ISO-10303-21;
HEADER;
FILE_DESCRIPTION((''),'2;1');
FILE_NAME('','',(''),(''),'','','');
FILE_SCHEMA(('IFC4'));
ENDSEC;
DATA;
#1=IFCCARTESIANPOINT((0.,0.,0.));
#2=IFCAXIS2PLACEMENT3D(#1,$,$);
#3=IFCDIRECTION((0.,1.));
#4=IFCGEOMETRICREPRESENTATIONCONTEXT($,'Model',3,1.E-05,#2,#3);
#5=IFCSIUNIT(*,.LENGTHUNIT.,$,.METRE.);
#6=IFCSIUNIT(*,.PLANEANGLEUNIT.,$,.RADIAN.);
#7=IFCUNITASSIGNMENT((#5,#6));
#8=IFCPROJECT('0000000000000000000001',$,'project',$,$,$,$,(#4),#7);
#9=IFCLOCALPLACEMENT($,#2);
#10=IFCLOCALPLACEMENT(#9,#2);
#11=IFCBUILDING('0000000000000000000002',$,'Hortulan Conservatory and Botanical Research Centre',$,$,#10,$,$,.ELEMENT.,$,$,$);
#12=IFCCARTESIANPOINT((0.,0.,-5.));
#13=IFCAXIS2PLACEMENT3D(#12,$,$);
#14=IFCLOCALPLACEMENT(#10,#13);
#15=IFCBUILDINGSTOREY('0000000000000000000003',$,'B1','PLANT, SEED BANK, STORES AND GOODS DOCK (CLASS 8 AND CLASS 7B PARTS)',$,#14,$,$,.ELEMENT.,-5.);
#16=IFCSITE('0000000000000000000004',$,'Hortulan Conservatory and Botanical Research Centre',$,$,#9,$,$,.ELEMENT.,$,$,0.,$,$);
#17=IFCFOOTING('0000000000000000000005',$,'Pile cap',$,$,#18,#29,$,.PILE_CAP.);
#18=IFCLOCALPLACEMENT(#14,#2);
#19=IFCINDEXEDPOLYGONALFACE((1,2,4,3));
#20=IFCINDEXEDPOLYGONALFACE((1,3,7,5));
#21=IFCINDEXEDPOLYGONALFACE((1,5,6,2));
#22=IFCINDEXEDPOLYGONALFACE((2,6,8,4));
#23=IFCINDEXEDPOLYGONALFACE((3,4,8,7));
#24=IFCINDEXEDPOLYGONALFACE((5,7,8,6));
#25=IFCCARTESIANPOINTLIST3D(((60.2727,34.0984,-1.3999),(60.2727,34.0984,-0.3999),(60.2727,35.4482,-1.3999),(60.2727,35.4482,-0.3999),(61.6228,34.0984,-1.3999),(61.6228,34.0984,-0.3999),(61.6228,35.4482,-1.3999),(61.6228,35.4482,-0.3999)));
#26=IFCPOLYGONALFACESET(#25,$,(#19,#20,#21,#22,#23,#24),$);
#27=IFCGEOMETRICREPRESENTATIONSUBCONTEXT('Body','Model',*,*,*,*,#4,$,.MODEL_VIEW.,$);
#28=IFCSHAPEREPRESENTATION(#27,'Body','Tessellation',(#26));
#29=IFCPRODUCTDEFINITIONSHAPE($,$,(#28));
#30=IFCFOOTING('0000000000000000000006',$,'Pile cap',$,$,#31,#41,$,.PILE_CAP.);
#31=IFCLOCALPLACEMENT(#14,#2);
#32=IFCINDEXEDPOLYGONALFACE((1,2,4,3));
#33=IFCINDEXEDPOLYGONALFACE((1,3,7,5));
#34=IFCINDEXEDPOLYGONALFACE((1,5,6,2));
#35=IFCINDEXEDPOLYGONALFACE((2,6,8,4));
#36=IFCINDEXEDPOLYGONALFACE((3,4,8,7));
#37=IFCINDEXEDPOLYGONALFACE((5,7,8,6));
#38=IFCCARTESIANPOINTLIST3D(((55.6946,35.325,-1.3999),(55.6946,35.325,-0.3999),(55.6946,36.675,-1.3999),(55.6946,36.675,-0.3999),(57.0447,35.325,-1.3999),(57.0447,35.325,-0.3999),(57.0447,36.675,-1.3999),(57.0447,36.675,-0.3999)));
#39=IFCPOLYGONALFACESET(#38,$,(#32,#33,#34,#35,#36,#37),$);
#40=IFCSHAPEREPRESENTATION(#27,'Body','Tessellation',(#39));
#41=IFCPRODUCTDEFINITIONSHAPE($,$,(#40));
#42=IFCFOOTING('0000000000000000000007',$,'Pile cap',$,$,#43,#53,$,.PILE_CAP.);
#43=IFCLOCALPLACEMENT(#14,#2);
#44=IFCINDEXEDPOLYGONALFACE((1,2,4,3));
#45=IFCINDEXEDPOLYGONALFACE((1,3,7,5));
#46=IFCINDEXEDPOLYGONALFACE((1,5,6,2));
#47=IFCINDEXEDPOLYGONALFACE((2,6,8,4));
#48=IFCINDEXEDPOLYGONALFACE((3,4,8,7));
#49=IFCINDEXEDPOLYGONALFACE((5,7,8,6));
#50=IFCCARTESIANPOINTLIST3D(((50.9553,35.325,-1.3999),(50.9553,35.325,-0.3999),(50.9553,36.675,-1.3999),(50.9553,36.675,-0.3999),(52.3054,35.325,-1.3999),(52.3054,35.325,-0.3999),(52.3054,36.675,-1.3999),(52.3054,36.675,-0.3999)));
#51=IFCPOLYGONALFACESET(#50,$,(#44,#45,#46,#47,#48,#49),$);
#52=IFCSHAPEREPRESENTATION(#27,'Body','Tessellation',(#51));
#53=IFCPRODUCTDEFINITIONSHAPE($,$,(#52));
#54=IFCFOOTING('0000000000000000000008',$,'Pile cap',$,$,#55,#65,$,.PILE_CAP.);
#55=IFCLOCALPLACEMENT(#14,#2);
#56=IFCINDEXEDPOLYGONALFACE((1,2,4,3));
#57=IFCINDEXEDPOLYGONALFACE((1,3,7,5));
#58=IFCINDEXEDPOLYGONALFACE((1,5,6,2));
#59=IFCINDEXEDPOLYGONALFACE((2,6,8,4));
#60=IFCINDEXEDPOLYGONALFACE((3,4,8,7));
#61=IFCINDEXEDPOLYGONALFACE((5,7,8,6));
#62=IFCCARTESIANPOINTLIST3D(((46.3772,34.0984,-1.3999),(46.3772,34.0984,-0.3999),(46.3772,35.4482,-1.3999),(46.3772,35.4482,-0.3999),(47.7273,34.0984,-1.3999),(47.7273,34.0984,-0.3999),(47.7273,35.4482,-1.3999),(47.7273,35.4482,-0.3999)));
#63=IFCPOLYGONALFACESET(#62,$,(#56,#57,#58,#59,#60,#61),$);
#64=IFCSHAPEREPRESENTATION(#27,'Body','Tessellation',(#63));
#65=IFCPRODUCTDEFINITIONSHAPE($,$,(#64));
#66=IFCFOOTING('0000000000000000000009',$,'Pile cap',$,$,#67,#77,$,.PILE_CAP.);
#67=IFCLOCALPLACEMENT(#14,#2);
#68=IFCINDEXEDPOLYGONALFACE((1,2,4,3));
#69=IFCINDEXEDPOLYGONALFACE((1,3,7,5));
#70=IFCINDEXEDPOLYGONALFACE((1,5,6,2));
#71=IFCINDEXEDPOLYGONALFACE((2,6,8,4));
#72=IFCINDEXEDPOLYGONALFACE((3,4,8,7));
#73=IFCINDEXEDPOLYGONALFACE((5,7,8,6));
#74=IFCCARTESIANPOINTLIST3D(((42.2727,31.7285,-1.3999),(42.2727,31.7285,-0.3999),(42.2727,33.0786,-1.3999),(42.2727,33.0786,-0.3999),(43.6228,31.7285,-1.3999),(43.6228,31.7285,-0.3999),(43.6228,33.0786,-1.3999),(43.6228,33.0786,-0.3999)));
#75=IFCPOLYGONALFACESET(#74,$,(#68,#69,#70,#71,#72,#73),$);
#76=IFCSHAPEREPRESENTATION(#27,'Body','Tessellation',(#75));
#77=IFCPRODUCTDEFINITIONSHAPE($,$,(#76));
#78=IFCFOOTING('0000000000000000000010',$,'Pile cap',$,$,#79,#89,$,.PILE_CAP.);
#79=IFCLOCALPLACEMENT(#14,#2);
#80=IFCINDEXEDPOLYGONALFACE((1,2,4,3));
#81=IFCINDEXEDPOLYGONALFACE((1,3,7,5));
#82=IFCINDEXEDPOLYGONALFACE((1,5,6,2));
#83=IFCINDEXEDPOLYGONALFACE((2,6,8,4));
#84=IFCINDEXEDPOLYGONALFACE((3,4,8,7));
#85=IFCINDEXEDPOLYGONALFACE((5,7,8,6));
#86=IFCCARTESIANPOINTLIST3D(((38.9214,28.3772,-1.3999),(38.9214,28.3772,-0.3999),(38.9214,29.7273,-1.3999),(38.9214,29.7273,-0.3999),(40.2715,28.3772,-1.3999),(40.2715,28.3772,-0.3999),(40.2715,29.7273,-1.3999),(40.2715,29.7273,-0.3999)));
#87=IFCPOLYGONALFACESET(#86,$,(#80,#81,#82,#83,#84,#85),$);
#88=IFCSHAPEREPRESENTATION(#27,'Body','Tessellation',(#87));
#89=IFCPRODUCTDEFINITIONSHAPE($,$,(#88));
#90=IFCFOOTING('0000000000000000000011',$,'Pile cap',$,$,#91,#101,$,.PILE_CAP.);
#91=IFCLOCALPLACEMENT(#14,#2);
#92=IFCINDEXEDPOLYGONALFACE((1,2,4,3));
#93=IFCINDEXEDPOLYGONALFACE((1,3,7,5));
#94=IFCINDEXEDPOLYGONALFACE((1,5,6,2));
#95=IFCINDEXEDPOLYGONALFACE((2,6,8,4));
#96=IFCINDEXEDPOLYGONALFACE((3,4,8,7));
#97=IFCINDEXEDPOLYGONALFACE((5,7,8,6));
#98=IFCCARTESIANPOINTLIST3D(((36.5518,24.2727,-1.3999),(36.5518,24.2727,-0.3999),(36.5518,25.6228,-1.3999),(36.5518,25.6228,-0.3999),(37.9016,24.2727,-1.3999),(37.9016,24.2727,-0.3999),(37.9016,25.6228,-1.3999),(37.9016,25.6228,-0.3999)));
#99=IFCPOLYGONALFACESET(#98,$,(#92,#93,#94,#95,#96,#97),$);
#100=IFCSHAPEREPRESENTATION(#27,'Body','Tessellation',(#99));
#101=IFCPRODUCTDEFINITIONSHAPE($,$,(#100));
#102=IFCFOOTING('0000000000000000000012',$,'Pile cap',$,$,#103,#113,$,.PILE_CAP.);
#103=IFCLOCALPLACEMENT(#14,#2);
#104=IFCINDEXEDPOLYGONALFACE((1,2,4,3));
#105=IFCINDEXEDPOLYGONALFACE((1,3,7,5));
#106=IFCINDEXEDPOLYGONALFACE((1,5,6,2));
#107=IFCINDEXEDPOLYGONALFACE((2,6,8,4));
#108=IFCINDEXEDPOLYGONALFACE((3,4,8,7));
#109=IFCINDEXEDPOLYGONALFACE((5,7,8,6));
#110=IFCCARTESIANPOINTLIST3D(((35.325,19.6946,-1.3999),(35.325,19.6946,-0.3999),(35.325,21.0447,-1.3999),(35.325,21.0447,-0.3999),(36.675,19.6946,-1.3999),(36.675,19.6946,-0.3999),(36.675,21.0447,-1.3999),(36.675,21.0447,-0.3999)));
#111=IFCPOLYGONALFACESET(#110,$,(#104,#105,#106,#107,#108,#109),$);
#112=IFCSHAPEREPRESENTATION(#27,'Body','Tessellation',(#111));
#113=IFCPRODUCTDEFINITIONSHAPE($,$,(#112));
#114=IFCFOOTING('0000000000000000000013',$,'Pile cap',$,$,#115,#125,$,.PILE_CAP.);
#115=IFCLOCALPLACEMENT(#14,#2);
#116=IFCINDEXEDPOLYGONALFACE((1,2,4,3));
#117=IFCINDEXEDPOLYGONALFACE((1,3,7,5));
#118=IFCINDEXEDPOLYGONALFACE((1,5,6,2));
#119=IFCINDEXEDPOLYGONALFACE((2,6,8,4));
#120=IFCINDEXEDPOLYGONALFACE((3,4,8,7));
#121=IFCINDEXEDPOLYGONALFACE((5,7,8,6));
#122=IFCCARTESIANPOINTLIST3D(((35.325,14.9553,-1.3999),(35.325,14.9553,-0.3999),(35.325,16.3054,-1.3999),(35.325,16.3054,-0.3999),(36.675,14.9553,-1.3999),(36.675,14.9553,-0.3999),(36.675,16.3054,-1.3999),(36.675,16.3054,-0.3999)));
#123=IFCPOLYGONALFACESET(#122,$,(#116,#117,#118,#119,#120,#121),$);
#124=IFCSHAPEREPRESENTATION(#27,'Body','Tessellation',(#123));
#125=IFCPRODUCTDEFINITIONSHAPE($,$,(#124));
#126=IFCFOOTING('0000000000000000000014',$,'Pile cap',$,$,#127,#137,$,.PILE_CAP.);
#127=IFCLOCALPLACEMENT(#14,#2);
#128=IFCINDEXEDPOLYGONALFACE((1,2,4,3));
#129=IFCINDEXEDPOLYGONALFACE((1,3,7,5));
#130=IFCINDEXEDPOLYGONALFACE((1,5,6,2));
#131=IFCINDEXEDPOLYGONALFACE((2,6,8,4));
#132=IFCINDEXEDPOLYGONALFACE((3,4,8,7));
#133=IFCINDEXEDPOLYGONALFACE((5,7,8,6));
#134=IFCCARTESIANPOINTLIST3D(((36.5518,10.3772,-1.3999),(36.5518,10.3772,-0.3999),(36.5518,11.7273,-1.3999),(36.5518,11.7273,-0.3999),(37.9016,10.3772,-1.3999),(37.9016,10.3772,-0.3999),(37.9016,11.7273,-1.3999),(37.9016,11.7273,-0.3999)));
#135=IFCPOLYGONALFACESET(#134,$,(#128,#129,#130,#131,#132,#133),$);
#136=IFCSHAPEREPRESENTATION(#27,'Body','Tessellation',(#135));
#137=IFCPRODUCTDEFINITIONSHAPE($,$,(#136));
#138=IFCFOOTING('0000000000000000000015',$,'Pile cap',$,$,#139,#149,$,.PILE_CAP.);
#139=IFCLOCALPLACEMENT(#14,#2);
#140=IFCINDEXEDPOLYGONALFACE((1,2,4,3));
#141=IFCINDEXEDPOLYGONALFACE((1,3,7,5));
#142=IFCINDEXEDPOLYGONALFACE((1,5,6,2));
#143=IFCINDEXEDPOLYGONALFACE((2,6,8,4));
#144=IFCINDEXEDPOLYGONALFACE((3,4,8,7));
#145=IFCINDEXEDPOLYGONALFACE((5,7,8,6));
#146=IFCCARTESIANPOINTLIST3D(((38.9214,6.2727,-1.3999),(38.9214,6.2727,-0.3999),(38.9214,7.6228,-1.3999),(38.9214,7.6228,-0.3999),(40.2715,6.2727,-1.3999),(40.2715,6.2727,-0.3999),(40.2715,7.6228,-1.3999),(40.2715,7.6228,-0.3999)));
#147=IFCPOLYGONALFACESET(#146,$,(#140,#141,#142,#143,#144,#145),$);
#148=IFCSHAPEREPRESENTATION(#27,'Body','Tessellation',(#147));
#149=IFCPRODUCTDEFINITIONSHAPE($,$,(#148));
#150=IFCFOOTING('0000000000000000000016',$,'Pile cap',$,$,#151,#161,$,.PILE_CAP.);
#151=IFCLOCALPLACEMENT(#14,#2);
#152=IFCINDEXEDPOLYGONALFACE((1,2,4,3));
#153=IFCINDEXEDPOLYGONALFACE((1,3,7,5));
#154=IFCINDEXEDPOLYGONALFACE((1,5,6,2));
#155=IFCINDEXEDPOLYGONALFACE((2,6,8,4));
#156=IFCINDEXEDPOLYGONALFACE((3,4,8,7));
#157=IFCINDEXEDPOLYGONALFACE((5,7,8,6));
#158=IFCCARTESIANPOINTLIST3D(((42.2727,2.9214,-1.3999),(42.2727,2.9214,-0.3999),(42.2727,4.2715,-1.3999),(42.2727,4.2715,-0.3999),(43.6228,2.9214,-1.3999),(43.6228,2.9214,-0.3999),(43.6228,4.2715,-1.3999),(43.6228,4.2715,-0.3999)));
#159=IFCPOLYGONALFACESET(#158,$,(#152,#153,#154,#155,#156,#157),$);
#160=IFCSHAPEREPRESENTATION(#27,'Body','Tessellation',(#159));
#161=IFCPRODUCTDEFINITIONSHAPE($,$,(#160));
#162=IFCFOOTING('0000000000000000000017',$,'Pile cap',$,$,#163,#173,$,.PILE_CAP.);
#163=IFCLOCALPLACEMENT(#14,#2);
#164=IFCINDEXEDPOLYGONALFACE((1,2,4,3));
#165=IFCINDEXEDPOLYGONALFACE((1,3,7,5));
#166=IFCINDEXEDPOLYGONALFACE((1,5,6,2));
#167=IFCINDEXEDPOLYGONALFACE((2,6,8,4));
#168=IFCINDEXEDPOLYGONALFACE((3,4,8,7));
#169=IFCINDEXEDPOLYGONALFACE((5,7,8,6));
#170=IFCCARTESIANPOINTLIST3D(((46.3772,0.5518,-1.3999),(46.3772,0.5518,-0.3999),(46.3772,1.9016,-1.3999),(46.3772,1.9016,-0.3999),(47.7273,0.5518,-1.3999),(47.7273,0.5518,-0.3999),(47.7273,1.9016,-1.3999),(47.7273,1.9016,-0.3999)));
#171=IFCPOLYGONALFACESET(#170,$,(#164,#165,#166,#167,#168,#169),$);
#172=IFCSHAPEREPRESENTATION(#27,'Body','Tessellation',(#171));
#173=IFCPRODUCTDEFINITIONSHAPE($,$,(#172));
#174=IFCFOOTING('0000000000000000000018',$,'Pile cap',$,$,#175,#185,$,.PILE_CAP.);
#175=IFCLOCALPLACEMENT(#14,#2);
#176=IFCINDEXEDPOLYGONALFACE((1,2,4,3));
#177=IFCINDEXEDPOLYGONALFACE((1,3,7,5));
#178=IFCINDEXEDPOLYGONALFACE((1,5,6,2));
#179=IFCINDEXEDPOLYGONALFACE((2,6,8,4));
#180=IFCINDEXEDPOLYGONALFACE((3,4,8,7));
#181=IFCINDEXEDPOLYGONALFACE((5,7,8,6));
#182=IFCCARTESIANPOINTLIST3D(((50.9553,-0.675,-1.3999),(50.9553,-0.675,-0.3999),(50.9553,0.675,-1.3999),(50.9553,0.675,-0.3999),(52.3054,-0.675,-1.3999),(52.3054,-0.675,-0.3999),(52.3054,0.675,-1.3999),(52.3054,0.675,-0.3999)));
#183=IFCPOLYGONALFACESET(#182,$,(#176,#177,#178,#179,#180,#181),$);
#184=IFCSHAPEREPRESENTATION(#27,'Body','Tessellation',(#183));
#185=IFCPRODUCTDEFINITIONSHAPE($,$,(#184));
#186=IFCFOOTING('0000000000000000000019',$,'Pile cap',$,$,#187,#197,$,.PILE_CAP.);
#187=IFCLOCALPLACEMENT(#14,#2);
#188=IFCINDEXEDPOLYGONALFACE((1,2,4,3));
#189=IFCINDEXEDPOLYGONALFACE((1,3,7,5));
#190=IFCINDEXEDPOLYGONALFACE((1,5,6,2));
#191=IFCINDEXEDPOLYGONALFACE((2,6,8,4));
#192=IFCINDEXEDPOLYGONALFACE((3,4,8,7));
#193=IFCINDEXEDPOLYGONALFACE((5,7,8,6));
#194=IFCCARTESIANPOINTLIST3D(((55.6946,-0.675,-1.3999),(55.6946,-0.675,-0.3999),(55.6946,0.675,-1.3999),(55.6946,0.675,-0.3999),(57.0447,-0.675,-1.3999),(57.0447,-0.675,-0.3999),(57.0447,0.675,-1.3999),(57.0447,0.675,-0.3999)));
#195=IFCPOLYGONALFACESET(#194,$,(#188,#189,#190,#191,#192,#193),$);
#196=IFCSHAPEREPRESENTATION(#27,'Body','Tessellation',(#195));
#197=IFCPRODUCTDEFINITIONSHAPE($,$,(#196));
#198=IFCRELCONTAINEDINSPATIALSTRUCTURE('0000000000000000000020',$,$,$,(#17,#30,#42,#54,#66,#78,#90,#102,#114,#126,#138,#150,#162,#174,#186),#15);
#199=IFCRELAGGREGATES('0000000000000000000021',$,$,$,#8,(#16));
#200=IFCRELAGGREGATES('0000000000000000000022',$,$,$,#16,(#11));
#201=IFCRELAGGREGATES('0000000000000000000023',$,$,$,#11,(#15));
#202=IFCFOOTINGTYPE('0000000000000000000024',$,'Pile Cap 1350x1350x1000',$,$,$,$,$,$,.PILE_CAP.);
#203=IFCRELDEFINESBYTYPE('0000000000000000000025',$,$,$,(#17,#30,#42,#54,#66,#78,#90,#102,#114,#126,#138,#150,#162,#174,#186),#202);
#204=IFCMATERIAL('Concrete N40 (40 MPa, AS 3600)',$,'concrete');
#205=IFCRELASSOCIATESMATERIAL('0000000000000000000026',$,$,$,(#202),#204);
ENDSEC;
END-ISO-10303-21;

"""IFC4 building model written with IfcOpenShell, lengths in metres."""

from ifc_helpers import new_model, si_unit, direction, frame, origin, place, context, subcontext, project, spatial, polyline, outline, extrude, material, type_object, element, save


model = new_model("IFC4")

# Units and contexts
model_context = context("Model", 3, precision=1e-05, world=origin(), true_north=direction((0.0, 1.0)))
body_context = subcontext(model_context, "Body", "Model", "MODEL_VIEW")
ifc_project = project(units=[si_unit("LENGTHUNIT", "METRE"), si_unit("PLANEANGLEUNIT", "RADIAN")], contexts=[model_context])

# Site, building, storey
site_placement = place(None, origin())
site = spatial("IfcSite", under=ifc_project, at=site_placement, Name="Hortulan Conservatory and Botanical Research Centre", CompositionType="ELEMENT", RefElevation=0.0)
building_placement = place(site_placement, origin())
building = spatial("IfcBuilding", under=site, at=building_placement, Name="Hortulan Conservatory and Botanical Research Centre", CompositionType="ELEMENT")
storey_placement = place(building_placement, frame((0.0, 0.0, -5.0)))
storey = spatial("IfcBuildingStorey", under=building, at=storey_placement, Name="B1", Description="PLANT, SEED BANK, STORES AND GOODS DOCK (CLASS 8 AND CLASS 7B PARTS)", CompositionType="ELEMENT", Elevation=-5.0)

# Footings
ifc_material = material(Name="Concrete N40 (40 MPa, AS 3600)", Category="concrete")
footing_type = type_object("IfcFootingType", Name="Pile Cap 1350x1350x1000", PredefinedType="PILE_CAP", material=ifc_material)
footing_1_placement = place(storey_placement, frame((0.0, 0.0, -1.3999)))
element("IfcFooting", 1, at=footing_1_placement, inside=storey, type_object=footing_type, Name="Pile cap", PredefinedType="PILE_CAP", context=body_context, shape_type="SweptSolid", body=[
    extrude(outline(polyline([(61.6228, 34.0984), (61.6228, 35.4482), (60.2727, 35.4482), (60.2727, 34.0984), (61.6228, 34.0984)])), origin(), (0.0, 0.0, 1.0), 1.0),
])
footing_2_placement = place(storey_placement, frame((0.0, 0.0, -1.3999)))
element("IfcFooting", 2, at=footing_2_placement, inside=storey, type_object=footing_type, Name="Pile cap", PredefinedType="PILE_CAP", context=body_context, shape_type="SweptSolid", body=[
    extrude(outline(polyline([(57.0447, 35.325), (57.0447, 36.675), (55.6946, 36.675), (55.6946, 35.325), (57.0447, 35.325)])), origin(), (0.0, 0.0, 1.0), 1.0),
])
footing_3_placement = place(storey_placement, frame((0.0, 0.0, -1.3999)))
element("IfcFooting", 3, at=footing_3_placement, inside=storey, type_object=footing_type, Name="Pile cap", PredefinedType="PILE_CAP", context=body_context, shape_type="SweptSolid", body=[
    extrude(outline(polyline([(52.3054, 35.325), (52.3054, 36.675), (50.9553, 36.675), (50.9553, 35.325), (52.3054, 35.325)])), origin(), (0.0, 0.0, 1.0), 1.0),
])
footing_4_placement = place(storey_placement, frame((0.0, 0.0, -1.3999)))
element("IfcFooting", 4, at=footing_4_placement, inside=storey, type_object=footing_type, Name="Pile cap", PredefinedType="PILE_CAP", context=body_context, shape_type="SweptSolid", body=[
    extrude(outline(polyline([(47.7273, 34.0984), (47.7273, 35.4482), (46.3772, 35.4482), (46.3772, 34.0984), (47.7273, 34.0984)])), origin(), (0.0, 0.0, 1.0), 1.0),
])
footing_5_placement = place(storey_placement, frame((0.0, 0.0, -1.3999)))
element("IfcFooting", 5, at=footing_5_placement, inside=storey, type_object=footing_type, Name="Pile cap", PredefinedType="PILE_CAP", context=body_context, shape_type="SweptSolid", body=[
    extrude(outline(polyline([(43.6228, 31.7285), (43.6228, 33.0786), (42.2727, 33.0786), (42.2727, 31.7285), (43.6228, 31.7285)])), origin(), (0.0, 0.0, 1.0), 1.0),
])
footing_6_placement = place(storey_placement, frame((0.0, 0.0, -1.3999)))
element("IfcFooting", 6, at=footing_6_placement, inside=storey, type_object=footing_type, Name="Pile cap", PredefinedType="PILE_CAP", context=body_context, shape_type="SweptSolid", body=[
    extrude(outline(polyline([(40.2715, 28.3772), (40.2715, 29.7273), (38.9214, 29.7273), (38.9214, 28.3772), (40.2715, 28.3772)])), origin(), (0.0, 0.0, 1.0), 1.0),
])
footing_7_placement = place(storey_placement, frame((0.0, 0.0, -1.3999)))
element("IfcFooting", 7, at=footing_7_placement, inside=storey, type_object=footing_type, Name="Pile cap", PredefinedType="PILE_CAP", context=body_context, shape_type="SweptSolid", body=[
    extrude(outline(polyline([(37.9016, 24.2727), (37.9016, 25.6228), (36.5518, 25.6228), (36.5518, 24.2727), (37.9016, 24.2727)])), origin(), (0.0, 0.0, 1.0), 1.0),
])
footing_8_placement = place(storey_placement, frame((0.0, 0.0, -1.3999)))
element("IfcFooting", 8, at=footing_8_placement, inside=storey, type_object=footing_type, Name="Pile cap", PredefinedType="PILE_CAP", context=body_context, shape_type="SweptSolid", body=[
    extrude(outline(polyline([(36.675, 19.6946), (36.675, 21.0447), (35.325, 21.0447), (35.325, 19.6946), (36.675, 19.6946)])), origin(), (0.0, 0.0, 1.0), 1.0),
])
footing_9_placement = place(storey_placement, frame((0.0, 0.0, -1.3999)))
element("IfcFooting", 9, at=footing_9_placement, inside=storey, type_object=footing_type, Name="Pile cap", PredefinedType="PILE_CAP", context=body_context, shape_type="SweptSolid", body=[
    extrude(outline(polyline([(36.675, 14.9553), (36.675, 16.3054), (35.325, 16.3054), (35.325, 14.9553), (36.675, 14.9553)])), origin(), (0.0, 0.0, 1.0), 1.0),
])
footing_10_placement = place(storey_placement, frame((0.0, 0.0, -1.3999)))
element("IfcFooting", 10, at=footing_10_placement, inside=storey, type_object=footing_type, Name="Pile cap", PredefinedType="PILE_CAP", context=body_context, shape_type="SweptSolid", body=[
    extrude(outline(polyline([(37.9016, 10.3772), (37.9016, 11.7273), (36.5518, 11.7273), (36.5518, 10.3772), (37.9016, 10.3772)])), origin(), (0.0, 0.0, 1.0), 1.0),
])
footing_11_placement = place(storey_placement, frame((0.0, 0.0, -1.3999)))
element("IfcFooting", 11, at=footing_11_placement, inside=storey, type_object=footing_type, Name="Pile cap", PredefinedType="PILE_CAP", context=body_context, shape_type="SweptSolid", body=[
    extrude(outline(polyline([(40.2715, 6.2727), (40.2715, 7.6228), (38.9214, 7.6228), (38.9214, 6.2727), (40.2715, 6.2727)])), origin(), (0.0, 0.0, 1.0), 1.0),
])
footing_12_placement = place(storey_placement, frame((0.0, 0.0, -1.3999)))
element("IfcFooting", 12, at=footing_12_placement, inside=storey, type_object=footing_type, Name="Pile cap", PredefinedType="PILE_CAP", context=body_context, shape_type="SweptSolid", body=[
    extrude(outline(polyline([(43.6228, 2.9214), (43.6228, 4.2715), (42.2727, 4.2715), (42.2727, 2.9214), (43.6228, 2.9214)])), origin(), (0.0, 0.0, 1.0), 1.0),
])
footing_13_placement = place(storey_placement, frame((0.0, 0.0, -1.3999)))
element("IfcFooting", 13, at=footing_13_placement, inside=storey, type_object=footing_type, Name="Pile cap", PredefinedType="PILE_CAP", context=body_context, shape_type="SweptSolid", body=[
    extrude(outline(polyline([(47.7273, 0.5518), (47.7273, 1.9016), (46.3772, 1.9016), (46.3772, 0.5518), (47.7273, 0.5518)])), origin(), (0.0, 0.0, 1.0), 1.0),
])
footing_14_placement = place(storey_placement, frame((0.0, 0.0, -1.3999)))
element("IfcFooting", 14, at=footing_14_placement, inside=storey, type_object=footing_type, Name="Pile cap", PredefinedType="PILE_CAP", context=body_context, shape_type="SweptSolid", body=[
    extrude(outline(polyline([(52.3054, -0.675), (52.3054, 0.675), (50.9553, 0.675), (50.9553, -0.675), (52.3054, -0.675)])), origin(), (0.0, 0.0, 1.0), 1.0),
])
footing_15_placement = place(storey_placement, frame((0.0, 0.0, -1.3999)))
element("IfcFooting", 15, at=footing_15_placement, inside=storey, type_object=footing_type, Name="Pile cap", PredefinedType="PILE_CAP", context=body_context, shape_type="SweptSolid", body=[
    extrude(outline(polyline([(57.0447, -0.675), (57.0447, 0.675), (55.6946, 0.675), (55.6946, -0.675), (57.0447, -0.675)])), origin(), (0.0, 0.0, 1.0), 1.0),
])

save(model, "model.ifc")
